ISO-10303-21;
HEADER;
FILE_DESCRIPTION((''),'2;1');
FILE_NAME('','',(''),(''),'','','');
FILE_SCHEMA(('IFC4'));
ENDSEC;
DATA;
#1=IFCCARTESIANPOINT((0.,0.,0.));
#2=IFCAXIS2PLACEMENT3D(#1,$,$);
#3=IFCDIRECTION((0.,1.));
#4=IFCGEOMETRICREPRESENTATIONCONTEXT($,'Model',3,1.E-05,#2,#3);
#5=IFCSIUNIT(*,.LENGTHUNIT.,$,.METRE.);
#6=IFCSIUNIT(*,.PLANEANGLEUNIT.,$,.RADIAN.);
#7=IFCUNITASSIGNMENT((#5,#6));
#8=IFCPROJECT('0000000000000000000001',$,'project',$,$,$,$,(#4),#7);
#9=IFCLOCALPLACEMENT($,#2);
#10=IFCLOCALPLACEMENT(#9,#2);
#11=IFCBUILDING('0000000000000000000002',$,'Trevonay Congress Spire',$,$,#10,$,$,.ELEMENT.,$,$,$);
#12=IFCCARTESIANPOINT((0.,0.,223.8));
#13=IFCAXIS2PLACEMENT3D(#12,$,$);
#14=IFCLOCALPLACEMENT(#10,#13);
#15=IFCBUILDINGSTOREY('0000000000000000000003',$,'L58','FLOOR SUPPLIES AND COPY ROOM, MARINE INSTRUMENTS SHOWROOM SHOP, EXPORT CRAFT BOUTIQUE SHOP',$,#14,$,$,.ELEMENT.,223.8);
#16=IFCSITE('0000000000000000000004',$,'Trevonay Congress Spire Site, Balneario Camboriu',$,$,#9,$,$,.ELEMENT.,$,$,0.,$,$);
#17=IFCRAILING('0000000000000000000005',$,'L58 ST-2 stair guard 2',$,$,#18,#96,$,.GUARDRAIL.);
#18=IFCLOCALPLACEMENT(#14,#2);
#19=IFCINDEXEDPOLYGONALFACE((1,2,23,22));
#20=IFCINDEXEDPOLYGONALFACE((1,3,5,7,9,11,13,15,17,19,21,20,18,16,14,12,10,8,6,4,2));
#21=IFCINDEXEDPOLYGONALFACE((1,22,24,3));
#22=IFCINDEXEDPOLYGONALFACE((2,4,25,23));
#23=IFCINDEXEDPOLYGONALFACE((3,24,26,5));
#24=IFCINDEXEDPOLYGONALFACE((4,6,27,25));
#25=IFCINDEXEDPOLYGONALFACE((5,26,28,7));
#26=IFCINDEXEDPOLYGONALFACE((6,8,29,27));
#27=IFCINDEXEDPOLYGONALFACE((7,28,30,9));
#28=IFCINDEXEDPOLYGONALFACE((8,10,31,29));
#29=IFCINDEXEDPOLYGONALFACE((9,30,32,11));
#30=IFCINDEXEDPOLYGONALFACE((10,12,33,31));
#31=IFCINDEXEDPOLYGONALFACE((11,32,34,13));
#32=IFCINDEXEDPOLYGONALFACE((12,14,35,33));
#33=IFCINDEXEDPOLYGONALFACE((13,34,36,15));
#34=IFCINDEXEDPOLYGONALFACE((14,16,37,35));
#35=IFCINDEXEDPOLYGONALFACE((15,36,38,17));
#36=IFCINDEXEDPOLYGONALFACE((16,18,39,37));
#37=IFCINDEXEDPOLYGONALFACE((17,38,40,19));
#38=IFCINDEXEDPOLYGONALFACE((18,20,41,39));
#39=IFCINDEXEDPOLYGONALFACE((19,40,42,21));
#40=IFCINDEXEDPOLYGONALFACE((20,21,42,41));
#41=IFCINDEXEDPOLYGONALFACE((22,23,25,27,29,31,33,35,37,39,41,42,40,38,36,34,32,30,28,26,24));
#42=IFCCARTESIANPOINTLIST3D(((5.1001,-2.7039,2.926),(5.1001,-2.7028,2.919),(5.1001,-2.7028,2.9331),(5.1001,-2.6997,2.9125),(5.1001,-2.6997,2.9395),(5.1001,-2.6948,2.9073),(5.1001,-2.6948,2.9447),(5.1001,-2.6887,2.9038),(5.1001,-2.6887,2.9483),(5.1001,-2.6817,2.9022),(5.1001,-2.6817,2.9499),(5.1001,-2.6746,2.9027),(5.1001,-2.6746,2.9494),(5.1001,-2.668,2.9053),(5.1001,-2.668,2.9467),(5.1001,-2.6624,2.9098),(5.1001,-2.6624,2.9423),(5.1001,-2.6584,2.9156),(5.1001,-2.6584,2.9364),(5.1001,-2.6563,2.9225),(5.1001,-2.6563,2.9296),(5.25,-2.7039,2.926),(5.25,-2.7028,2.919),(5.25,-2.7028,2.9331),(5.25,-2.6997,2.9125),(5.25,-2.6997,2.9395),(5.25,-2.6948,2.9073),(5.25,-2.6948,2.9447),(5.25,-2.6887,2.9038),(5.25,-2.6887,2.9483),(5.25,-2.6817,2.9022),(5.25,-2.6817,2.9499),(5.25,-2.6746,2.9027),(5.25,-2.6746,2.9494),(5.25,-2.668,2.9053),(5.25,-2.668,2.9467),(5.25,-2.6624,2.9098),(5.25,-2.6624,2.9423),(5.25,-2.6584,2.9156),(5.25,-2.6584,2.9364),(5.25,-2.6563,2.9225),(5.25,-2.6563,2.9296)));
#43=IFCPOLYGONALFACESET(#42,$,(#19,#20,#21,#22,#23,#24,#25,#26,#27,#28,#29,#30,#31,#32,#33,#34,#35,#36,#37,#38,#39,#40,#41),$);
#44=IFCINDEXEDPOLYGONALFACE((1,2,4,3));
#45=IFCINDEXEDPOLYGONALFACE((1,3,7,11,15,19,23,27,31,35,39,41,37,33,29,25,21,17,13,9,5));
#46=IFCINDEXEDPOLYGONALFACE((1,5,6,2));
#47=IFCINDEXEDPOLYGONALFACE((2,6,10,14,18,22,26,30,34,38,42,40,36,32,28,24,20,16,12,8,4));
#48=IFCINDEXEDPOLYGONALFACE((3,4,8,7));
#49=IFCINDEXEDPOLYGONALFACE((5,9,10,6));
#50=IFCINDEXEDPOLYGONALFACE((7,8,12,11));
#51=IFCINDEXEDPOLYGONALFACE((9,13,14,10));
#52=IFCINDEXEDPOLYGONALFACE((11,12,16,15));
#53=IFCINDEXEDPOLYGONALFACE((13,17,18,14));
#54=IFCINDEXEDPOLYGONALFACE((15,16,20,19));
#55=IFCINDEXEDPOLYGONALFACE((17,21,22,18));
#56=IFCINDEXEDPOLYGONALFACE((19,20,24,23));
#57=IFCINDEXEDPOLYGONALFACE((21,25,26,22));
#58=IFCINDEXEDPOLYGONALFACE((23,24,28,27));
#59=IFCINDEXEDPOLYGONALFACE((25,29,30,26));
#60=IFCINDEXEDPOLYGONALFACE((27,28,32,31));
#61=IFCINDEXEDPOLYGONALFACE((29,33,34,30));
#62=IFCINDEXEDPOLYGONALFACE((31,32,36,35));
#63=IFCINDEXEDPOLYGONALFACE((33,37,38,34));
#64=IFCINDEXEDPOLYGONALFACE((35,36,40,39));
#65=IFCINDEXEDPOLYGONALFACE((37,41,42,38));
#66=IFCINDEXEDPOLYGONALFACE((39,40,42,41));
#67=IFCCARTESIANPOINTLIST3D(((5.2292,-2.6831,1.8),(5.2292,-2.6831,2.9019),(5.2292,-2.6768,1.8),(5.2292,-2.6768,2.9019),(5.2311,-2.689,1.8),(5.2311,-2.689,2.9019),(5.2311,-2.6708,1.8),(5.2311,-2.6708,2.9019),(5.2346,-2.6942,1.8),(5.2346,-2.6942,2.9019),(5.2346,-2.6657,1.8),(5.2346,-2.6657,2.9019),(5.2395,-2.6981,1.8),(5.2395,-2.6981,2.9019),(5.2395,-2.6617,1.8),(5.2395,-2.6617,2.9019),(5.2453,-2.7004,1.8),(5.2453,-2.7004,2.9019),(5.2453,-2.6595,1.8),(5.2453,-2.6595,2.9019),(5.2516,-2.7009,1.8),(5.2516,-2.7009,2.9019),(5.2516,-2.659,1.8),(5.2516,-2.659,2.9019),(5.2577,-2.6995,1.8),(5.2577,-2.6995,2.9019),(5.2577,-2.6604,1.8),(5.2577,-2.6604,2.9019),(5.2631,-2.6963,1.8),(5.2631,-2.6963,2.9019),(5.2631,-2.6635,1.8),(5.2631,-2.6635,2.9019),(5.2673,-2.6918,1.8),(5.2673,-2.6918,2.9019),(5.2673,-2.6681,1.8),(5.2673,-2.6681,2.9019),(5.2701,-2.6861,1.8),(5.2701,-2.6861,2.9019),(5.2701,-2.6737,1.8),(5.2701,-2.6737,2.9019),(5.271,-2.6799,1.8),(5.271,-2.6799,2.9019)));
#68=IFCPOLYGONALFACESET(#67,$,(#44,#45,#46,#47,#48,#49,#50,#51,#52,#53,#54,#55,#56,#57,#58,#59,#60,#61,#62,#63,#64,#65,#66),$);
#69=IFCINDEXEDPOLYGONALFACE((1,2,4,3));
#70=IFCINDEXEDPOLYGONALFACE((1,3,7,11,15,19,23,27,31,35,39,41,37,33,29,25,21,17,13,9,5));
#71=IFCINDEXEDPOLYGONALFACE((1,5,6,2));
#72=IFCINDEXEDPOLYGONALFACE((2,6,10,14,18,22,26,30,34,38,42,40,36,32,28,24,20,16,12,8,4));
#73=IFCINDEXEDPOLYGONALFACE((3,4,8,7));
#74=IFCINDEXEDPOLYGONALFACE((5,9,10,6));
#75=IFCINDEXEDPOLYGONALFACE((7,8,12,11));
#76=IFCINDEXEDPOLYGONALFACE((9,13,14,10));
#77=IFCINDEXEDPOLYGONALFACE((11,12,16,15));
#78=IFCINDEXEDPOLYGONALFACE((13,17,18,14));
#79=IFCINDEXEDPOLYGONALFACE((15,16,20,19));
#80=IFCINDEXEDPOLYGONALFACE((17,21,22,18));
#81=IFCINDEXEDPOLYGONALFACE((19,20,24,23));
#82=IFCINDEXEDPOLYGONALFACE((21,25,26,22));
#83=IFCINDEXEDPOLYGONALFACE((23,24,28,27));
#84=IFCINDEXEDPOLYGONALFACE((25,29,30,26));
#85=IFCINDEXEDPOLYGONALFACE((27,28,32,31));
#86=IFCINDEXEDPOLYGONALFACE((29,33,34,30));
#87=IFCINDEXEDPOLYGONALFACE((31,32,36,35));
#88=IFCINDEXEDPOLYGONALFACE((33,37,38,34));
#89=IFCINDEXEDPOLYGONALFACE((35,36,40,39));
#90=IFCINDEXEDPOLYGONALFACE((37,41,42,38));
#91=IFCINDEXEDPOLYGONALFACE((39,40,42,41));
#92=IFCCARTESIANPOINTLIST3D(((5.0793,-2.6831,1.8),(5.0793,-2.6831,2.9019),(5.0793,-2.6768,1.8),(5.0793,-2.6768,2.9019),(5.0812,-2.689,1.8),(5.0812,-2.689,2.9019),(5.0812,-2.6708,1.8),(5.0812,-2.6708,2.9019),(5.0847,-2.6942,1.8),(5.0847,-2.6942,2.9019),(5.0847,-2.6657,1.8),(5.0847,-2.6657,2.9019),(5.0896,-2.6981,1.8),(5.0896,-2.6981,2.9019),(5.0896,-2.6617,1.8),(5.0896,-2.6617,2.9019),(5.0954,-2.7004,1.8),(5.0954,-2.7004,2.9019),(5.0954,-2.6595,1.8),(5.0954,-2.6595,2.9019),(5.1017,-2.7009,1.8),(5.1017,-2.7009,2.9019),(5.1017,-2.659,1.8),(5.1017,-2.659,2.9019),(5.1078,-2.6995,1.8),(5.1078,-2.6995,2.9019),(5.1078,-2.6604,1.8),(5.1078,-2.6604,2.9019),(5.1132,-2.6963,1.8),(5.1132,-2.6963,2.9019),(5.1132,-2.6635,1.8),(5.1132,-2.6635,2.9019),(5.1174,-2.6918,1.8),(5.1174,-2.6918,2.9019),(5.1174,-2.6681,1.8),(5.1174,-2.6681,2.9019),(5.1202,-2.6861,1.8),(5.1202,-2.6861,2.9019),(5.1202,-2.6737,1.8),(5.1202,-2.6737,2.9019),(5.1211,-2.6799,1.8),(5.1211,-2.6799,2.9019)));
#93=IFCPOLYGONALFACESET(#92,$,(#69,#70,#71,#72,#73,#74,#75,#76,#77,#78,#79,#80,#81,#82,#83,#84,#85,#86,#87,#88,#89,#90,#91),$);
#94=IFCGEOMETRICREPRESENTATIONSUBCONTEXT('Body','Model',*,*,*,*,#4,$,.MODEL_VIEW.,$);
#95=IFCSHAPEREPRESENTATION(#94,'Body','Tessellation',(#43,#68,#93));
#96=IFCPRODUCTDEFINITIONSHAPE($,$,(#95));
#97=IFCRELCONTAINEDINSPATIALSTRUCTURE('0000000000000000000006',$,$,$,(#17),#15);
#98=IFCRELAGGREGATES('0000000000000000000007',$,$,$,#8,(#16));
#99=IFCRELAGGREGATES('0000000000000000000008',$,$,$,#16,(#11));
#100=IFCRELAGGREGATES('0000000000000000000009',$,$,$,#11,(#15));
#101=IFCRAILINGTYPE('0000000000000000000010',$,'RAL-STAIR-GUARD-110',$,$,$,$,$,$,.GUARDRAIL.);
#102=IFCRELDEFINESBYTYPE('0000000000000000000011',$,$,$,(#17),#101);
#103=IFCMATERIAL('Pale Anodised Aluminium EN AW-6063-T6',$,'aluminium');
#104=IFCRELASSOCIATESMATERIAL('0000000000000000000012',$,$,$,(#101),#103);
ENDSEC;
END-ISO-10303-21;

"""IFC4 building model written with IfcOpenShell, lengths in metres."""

from ifc_helpers import new_model, si_unit, direction, frame, origin, origin_2d, place, context, subcontext, project, spatial, circle, extrude, material, type_object, element, save


model = new_model("IFC4")

# Units and contexts
model_context = context("Model", 3, precision=1e-05, world=origin(), true_north=direction((0.0, 1.0)))
body_context = subcontext(model_context, "Body", "Model", "MODEL_VIEW")
ifc_project = project(units=[si_unit("LENGTHUNIT", "METRE"), si_unit("PLANEANGLEUNIT", "RADIAN")], contexts=[model_context])

# Site, building, storey
site_placement = place(None, origin())
site = spatial("IfcSite", under=ifc_project, at=site_placement, Name="Trevonay Congress Spire Site, Balneario Camboriu", CompositionType="ELEMENT", RefElevation=0.0)
building_placement = place(site_placement, origin())
building = spatial("IfcBuilding", under=site, at=building_placement, Name="Trevonay Congress Spire", CompositionType="ELEMENT")
storey_placement = place(building_placement, frame((0.0, 0.0, 223.8)))
storey = spatial("IfcBuildingStorey", under=building, at=storey_placement, Name="L58", Description="FLOOR SUPPLIES AND COPY ROOM, MARINE INSTRUMENTS SHOWROOM SHOP, EXPORT CRAFT BOUTIQUE SHOP", CompositionType="ELEMENT", Elevation=223.8)

# Shared definitions
ifc_material_1 = material(Name="Pale Anodised Aluminium EN AW-6063-T6", Category="aluminium")

# Railing
railing_type_1 = type_object("IfcRailingType", Name="RAL-STAIR-GUARD-110", PredefinedType="GUARDRAIL", material=ifc_material_1)
railing_1_placement = place(storey_placement, frame((5.25, -2.6799, 1.8)))
element("IfcRailing", 1, at=railing_1_placement, inside=storey, type_object=railing_type_1, Name="L58 ST-2 stair guard 2", PredefinedType="GUARDRAIL", context=body_context, shape_type="SweptSolid", body=[
    extrude(circle(Radius=0.0239, at=origin_2d()), frame((0.0, 0.0, 1.126), z_axis=(-1.0, 0.0, 0.0), x_axis=(0.0, -1.0, 0.0)), (0.0, 0.0, 1.0), 0.1499),
    extrude(circle(Radius=0.021, at=origin_2d()), origin(), (0.0, 0.0, 1.0), 1.1018),
    extrude(circle(Radius=0.021, at=origin_2d()), frame((-0.1499, 0.0, 0.0)), (0.0, 0.0, 1.0), 1.1018),
])

save(model, "model.ifc")
